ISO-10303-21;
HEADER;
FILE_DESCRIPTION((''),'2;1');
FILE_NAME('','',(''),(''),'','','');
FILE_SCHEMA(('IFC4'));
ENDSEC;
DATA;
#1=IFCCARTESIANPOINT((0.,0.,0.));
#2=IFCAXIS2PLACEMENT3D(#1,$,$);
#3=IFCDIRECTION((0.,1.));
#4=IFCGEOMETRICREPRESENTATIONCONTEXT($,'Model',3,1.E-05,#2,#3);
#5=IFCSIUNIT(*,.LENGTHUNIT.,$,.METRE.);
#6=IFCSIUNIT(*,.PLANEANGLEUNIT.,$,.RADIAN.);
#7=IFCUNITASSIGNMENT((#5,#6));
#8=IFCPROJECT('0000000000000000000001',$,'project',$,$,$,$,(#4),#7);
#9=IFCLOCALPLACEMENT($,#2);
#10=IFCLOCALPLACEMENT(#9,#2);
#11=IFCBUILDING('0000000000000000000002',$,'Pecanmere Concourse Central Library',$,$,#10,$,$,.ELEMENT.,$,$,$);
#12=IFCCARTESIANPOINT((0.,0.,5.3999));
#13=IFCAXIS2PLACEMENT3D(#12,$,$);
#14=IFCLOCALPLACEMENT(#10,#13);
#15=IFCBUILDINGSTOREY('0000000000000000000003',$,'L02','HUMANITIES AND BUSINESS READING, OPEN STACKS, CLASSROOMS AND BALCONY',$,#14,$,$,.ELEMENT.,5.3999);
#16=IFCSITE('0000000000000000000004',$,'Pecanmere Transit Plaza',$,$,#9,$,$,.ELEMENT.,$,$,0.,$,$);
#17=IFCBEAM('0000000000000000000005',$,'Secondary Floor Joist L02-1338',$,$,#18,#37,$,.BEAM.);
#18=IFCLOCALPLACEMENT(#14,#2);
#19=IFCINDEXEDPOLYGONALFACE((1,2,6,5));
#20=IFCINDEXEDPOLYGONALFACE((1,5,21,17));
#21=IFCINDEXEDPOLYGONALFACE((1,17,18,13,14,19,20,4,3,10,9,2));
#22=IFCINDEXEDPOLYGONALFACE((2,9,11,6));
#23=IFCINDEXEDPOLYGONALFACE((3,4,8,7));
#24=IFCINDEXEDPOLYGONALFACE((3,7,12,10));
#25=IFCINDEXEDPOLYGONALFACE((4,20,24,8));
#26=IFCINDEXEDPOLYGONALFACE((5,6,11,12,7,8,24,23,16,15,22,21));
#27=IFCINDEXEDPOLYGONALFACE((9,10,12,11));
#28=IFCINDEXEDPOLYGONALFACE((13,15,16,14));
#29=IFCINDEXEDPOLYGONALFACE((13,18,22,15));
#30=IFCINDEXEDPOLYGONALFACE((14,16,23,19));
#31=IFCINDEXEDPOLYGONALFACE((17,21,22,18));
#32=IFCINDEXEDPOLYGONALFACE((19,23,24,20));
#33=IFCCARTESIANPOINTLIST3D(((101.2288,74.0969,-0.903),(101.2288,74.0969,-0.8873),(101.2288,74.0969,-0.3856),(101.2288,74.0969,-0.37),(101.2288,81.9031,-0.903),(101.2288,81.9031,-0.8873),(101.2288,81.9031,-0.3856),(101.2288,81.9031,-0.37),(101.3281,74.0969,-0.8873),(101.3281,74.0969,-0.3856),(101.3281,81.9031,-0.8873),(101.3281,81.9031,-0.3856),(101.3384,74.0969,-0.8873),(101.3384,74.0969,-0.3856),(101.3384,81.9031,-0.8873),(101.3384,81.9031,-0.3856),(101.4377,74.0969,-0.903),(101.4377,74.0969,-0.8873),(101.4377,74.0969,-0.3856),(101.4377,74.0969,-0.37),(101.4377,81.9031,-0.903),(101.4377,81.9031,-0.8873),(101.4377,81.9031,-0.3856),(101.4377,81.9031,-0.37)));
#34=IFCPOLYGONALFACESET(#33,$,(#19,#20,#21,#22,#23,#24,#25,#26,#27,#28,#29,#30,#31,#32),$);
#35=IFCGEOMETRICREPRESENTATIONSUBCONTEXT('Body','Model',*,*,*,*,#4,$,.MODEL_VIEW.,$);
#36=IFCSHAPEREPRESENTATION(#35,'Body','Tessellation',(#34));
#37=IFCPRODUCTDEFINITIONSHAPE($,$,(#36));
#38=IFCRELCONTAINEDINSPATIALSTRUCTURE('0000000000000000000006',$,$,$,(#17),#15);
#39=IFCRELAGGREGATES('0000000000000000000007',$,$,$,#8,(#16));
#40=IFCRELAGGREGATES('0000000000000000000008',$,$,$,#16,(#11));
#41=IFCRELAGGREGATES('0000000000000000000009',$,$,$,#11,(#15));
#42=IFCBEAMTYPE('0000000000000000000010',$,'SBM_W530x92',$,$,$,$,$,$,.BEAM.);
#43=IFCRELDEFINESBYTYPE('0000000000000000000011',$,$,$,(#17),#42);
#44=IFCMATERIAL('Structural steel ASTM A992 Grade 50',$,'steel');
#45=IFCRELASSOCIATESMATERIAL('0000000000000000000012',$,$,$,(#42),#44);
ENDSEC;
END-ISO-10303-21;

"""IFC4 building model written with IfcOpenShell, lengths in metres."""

from ifc_helpers import new_model, si_unit, direction, frame, origin, origin_2d, place, context, subcontext, project, spatial, i_section, extrude, material, material_profile, profile_set, type_object, element, save


model = new_model("IFC4")

# Units and contexts
model_context = context("Model", 3, precision=1e-05, world=origin(), true_north=direction((0.0, 1.0)))
body_context = subcontext(model_context, "Body", "Model", "MODEL_VIEW")
ifc_project = project(units=[si_unit("LENGTHUNIT", "METRE"), si_unit("PLANEANGLEUNIT", "RADIAN")], contexts=[model_context])

# Site, building, storey
site_placement = place(None, origin())
site = spatial("IfcSite", under=ifc_project, at=site_placement, Name="Pecanmere Transit Plaza", CompositionType="ELEMENT", RefElevation=0.0)
building_placement = place(site_placement, origin())
building = spatial("IfcBuilding", under=site, at=building_placement, Name="Pecanmere Concourse Central Library", CompositionType="ELEMENT")
storey_placement = place(building_placement, frame((0.0, 0.0, 5.3999)))
storey = spatial("IfcBuildingStorey", under=building, at=storey_placement, Name="L02", Description="HUMANITIES AND BUSINESS READING, OPEN STACKS, CLASSROOMS AND BALCONY", CompositionType="ELEMENT", Elevation=5.3999)

# Beam
ifc_material_1 = material(Name="Structural steel ASTM A992 Grade 50", Category="steel")
ifc_material_profile_1 = material_profile(ifc_material_1, i_section(OverallWidth=0.209, OverallDepth=0.533, WebThickness=0.0103, FlangeThickness=0.0156, at=origin_2d()), Name="W530x92")
ifc_profile_set_1 = profile_set([ifc_material_profile_1], Name="Structural steel ASTM A992 Grade 50")
beam_type_1 = type_object("IfcBeamType", Name="SBM_W530x92", PredefinedType="BEAM", material=ifc_profile_set_1)
beam_1_placement = place(storey_placement, frame((101.3333, 74.0969, -0.6365), z_axis=(0.0, 1.0, 0.0), x_axis=(-1.0, 0.0, 0.0)))
element("IfcBeam", 1, at=beam_1_placement, inside=storey, type_object=beam_type_1, Name="Secondary Floor Joist L02-1338", PredefinedType="BEAM", context=body_context, shape_type="SweptSolid", body=[
    extrude(i_section(OverallWidth=0.209, OverallDepth=0.533, WebThickness=0.0103, FlangeThickness=0.0156, at=origin_2d()), origin(), (0.0, 0.0, 1.0), 7.8062),
])

save(model, "model.ifc")
